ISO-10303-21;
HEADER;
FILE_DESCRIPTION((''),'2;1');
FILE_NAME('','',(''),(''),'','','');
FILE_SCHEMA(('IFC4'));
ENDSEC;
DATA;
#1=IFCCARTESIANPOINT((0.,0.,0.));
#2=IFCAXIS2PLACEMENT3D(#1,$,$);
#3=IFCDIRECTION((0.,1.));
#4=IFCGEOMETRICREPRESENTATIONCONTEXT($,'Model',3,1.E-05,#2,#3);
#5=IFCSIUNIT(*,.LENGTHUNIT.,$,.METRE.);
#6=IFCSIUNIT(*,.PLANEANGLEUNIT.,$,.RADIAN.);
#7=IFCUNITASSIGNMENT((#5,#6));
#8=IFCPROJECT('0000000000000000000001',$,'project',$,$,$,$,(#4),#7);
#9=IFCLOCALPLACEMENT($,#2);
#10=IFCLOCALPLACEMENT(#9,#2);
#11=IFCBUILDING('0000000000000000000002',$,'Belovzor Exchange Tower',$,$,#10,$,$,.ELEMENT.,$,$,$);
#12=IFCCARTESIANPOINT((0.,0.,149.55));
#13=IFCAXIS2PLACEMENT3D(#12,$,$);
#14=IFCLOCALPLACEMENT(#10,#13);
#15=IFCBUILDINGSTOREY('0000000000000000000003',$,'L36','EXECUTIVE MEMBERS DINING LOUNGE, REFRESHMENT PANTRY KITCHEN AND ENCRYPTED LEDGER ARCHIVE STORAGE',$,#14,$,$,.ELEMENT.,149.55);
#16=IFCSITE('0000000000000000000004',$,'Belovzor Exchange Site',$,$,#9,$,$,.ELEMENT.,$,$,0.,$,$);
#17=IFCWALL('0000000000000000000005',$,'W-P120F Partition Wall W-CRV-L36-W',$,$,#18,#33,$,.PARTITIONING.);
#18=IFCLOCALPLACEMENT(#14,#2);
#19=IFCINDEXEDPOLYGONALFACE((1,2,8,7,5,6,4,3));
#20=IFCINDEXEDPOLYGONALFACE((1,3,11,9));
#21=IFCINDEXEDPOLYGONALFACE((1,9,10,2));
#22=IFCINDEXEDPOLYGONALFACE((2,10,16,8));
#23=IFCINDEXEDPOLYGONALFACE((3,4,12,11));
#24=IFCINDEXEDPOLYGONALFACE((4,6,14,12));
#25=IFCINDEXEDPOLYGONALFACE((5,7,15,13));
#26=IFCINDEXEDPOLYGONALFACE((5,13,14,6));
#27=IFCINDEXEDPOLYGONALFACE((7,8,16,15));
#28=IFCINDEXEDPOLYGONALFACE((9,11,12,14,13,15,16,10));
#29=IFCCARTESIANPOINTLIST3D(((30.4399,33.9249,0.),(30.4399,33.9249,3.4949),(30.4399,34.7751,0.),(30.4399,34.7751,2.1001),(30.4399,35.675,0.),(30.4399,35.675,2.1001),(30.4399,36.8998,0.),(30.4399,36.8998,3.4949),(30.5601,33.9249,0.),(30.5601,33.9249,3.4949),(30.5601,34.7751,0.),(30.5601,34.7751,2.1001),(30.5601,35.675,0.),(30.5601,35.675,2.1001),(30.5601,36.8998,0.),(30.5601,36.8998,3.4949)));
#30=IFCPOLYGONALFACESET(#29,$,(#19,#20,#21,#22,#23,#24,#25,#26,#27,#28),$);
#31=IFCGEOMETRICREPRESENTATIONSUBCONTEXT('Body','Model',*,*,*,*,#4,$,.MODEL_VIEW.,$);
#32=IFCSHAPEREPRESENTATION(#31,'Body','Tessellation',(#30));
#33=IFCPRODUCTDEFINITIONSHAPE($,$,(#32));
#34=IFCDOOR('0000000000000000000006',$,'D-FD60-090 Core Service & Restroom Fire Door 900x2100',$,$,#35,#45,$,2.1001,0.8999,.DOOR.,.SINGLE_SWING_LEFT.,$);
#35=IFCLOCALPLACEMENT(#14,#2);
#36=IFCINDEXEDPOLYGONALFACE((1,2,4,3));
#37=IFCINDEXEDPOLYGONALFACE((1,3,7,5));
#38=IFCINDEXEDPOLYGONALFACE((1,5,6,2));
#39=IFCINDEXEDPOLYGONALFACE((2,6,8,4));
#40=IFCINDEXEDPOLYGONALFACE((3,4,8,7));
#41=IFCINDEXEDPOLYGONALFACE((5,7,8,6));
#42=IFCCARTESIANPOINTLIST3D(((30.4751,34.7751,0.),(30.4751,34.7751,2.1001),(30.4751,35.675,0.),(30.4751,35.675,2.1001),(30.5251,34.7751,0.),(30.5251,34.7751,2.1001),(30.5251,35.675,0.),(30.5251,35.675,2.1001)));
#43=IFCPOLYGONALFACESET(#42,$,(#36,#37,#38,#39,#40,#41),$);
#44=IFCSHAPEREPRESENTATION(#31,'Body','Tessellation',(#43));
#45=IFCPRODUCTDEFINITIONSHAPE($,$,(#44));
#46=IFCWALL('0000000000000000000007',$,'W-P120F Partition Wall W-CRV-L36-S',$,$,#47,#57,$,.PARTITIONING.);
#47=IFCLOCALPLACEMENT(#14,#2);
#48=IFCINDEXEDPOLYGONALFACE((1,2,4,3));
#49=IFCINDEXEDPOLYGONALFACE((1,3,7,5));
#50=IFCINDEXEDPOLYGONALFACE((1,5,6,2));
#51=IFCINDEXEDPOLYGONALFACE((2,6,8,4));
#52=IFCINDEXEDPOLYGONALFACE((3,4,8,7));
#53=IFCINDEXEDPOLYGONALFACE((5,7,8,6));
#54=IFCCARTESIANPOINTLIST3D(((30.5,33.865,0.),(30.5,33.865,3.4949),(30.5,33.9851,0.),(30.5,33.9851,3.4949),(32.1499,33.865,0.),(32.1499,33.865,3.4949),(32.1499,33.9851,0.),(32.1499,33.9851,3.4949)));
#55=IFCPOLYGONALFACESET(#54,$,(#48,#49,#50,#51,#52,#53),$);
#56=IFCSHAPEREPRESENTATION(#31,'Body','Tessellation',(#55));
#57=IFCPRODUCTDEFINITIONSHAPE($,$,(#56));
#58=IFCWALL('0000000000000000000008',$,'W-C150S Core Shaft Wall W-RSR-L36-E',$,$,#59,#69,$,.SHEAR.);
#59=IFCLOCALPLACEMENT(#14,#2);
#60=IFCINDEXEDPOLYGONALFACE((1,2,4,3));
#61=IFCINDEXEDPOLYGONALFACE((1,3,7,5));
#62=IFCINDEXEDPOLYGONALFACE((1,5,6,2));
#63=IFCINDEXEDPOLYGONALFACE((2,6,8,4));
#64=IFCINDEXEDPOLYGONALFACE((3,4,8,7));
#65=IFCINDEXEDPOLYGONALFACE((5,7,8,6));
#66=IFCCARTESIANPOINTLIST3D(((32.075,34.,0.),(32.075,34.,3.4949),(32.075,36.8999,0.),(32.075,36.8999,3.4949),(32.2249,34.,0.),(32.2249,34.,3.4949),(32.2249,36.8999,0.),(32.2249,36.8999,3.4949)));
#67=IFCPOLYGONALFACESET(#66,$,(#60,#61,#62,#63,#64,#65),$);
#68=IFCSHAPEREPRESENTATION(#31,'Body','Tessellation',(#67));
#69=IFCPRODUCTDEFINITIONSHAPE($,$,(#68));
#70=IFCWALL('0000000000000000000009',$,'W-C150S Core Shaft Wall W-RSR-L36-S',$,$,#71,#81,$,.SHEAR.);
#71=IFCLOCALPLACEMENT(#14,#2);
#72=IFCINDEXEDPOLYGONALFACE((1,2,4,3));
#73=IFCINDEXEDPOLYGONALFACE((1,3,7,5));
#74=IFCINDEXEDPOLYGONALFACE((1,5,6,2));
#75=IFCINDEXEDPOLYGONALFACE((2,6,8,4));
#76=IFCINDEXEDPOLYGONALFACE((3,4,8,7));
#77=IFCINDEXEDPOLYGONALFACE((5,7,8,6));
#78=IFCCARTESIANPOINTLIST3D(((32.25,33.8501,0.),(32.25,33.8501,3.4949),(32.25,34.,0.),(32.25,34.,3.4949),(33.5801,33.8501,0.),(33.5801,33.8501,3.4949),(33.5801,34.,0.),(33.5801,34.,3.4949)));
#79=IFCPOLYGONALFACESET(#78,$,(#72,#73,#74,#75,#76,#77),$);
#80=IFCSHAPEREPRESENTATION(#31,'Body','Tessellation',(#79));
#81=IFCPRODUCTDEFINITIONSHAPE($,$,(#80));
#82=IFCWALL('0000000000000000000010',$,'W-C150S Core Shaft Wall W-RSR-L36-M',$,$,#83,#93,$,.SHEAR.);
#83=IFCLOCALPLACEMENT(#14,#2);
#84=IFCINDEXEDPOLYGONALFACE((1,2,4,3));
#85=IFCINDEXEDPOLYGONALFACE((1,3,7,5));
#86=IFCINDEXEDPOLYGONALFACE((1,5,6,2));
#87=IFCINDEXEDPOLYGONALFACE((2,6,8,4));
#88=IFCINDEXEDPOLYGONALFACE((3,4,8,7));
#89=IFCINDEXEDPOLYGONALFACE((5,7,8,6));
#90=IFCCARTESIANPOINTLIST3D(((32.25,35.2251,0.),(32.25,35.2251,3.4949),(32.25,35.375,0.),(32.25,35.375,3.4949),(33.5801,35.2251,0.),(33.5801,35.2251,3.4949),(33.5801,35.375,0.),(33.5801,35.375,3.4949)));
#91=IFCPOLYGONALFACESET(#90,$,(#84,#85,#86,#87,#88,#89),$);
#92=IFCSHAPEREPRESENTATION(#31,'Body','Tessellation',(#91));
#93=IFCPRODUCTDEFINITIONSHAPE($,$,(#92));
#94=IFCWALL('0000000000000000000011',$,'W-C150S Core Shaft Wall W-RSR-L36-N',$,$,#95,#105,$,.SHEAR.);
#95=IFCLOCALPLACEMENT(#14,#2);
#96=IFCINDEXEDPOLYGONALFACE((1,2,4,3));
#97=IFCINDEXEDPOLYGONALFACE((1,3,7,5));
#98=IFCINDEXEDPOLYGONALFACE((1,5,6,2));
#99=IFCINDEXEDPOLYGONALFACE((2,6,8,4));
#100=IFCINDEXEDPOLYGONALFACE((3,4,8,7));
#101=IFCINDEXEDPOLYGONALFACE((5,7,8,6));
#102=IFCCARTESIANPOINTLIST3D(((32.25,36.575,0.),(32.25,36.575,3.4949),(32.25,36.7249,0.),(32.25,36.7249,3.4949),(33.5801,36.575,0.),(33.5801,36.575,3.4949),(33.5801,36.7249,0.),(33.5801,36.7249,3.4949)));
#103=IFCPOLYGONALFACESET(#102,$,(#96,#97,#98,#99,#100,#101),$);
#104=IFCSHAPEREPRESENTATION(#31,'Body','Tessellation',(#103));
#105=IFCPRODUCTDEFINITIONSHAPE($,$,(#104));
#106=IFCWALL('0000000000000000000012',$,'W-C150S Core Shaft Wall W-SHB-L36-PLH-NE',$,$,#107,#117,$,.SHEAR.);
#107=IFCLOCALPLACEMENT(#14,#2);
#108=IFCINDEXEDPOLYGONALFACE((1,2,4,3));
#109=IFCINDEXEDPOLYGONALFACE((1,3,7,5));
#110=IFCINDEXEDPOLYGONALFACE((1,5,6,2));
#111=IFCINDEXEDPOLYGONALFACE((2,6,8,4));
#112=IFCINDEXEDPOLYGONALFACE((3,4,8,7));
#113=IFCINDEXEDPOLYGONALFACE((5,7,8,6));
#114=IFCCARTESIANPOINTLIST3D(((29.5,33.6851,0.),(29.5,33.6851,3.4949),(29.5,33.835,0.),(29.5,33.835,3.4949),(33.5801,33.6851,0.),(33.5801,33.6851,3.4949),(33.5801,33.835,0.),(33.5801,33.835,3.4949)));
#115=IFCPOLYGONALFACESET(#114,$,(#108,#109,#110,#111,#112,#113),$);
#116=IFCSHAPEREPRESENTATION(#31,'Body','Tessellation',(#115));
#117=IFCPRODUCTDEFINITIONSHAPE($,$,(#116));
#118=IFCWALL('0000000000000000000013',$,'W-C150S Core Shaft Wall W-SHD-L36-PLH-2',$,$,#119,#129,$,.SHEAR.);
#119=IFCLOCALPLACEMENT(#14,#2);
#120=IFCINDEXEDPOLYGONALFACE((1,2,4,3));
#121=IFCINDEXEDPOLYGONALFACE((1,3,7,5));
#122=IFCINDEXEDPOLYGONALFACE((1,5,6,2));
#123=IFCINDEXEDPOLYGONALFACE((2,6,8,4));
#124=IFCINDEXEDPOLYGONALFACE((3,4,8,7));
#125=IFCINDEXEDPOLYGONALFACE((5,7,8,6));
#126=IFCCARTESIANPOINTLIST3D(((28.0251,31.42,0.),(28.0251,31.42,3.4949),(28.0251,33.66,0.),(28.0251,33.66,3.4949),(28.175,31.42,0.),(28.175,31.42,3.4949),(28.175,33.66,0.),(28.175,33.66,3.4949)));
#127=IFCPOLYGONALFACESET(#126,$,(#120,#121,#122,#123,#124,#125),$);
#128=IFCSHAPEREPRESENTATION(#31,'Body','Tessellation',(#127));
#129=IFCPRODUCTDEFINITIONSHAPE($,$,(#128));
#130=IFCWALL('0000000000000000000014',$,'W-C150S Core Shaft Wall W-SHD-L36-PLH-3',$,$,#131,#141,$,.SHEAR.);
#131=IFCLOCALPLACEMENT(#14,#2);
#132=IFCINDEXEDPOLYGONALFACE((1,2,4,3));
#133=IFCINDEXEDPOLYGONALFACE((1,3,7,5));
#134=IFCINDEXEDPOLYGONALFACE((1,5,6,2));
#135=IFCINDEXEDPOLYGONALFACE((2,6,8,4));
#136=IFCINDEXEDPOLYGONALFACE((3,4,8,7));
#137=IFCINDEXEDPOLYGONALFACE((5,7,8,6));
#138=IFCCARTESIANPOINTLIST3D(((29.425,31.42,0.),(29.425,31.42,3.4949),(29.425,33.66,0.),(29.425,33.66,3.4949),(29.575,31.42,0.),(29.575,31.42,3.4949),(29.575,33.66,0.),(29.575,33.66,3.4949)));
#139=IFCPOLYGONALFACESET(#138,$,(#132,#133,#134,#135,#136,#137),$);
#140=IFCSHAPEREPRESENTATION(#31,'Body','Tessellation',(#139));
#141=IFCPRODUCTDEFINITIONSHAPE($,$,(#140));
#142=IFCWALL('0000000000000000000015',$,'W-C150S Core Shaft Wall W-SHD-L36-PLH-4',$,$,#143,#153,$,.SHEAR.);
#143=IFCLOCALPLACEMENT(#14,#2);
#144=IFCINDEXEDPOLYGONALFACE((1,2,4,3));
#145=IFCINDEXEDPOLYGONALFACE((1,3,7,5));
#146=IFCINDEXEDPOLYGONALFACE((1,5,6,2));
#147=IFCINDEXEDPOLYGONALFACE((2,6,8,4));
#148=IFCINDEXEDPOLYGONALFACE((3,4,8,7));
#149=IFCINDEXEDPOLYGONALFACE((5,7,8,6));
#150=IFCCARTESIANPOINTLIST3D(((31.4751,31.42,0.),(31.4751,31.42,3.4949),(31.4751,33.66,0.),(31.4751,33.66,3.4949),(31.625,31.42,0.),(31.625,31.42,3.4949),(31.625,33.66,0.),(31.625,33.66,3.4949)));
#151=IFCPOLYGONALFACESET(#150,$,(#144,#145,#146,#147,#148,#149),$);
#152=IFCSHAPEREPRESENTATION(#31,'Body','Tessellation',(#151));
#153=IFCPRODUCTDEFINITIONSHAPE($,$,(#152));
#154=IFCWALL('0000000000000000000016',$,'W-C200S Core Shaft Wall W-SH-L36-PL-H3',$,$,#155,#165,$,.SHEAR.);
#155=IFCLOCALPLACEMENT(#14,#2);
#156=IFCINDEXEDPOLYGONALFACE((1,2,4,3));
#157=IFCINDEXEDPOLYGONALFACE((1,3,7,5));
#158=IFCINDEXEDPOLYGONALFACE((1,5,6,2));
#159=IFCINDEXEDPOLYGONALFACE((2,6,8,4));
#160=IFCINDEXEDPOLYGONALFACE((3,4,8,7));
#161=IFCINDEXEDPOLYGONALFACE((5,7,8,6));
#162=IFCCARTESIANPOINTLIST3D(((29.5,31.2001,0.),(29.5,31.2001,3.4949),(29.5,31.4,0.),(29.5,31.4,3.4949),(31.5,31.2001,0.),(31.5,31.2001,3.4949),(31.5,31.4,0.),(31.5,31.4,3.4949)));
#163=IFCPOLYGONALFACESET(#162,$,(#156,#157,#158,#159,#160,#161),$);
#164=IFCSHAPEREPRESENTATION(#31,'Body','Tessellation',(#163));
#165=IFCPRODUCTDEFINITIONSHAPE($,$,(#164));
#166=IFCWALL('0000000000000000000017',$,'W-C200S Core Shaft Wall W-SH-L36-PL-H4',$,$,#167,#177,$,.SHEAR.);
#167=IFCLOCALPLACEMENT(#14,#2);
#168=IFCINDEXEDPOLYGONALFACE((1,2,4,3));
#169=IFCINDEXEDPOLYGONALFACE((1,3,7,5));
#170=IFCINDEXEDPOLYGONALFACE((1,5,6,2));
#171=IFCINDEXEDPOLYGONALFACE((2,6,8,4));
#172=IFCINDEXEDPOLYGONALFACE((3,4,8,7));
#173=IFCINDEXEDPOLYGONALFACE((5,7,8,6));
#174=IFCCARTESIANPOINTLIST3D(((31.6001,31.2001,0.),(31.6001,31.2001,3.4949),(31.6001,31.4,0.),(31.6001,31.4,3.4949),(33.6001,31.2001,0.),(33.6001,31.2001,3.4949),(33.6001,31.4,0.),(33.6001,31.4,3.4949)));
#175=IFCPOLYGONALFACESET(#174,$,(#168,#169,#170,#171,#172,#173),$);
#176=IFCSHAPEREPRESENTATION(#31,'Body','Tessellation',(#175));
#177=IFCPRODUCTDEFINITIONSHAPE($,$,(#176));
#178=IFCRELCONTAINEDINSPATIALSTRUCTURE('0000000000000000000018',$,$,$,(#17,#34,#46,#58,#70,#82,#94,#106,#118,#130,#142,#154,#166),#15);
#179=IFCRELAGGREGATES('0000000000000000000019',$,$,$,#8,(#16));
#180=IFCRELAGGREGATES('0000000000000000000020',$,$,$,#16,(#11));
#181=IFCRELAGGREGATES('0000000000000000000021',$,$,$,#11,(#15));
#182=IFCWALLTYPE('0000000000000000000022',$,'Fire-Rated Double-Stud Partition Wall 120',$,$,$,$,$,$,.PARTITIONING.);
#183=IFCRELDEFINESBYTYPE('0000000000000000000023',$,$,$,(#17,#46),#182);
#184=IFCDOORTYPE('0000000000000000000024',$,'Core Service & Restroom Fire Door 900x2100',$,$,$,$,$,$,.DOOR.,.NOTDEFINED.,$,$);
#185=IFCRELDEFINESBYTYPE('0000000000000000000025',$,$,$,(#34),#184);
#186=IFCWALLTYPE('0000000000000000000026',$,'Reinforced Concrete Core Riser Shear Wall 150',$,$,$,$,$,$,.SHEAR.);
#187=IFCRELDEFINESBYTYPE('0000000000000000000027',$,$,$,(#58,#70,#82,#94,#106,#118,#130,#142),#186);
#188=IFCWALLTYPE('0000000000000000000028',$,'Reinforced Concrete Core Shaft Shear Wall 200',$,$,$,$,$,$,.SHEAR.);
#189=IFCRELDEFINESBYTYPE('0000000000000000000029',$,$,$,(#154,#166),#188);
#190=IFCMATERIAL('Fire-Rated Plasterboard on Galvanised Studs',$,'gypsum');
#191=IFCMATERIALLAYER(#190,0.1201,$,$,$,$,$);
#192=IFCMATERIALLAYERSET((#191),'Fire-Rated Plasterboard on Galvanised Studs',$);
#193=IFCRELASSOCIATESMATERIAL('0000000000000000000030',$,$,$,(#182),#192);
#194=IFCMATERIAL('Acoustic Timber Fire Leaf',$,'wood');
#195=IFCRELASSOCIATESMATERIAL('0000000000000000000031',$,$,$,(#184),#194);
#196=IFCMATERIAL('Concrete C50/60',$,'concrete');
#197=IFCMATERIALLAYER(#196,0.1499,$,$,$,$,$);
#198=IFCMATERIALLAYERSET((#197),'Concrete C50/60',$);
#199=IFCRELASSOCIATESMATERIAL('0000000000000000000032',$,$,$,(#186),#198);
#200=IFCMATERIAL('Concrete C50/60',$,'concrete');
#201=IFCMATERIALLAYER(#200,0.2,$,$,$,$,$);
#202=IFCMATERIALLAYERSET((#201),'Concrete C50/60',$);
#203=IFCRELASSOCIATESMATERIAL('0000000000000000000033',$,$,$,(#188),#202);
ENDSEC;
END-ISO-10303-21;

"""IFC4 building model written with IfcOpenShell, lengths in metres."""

from ifc_helpers import new_model, si_unit, direction, frame, frame_2d, origin, place, context, subcontext, project, spatial, rectangle, extrude, material, layer, layer_set, type_object, element, fill, save


model = new_model("IFC4")

# Units and contexts
model_context = context("Model", 3, precision=1e-05, world=origin(), true_north=direction((0.0, 1.0)))
body_context = subcontext(model_context, "Body", "Model", "MODEL_VIEW")
ifc_project = project(units=[si_unit("LENGTHUNIT", "METRE"), si_unit("PLANEANGLEUNIT", "RADIAN")], contexts=[model_context])

# Site, building, storey
site_placement = place(None, origin())
site = spatial("IfcSite", under=ifc_project, at=site_placement, Name="Belovzor Exchange Site", CompositionType="ELEMENT", RefElevation=0.0)
building_placement = place(site_placement, origin())
building = spatial("IfcBuilding", under=site, at=building_placement, Name="Belovzor Exchange Tower", CompositionType="ELEMENT")
storey_placement = place(building_placement, frame((0.0, 0.0, 149.55)))
storey = spatial("IfcBuildingStorey", under=building, at=storey_placement, Name="L36", Description="EXECUTIVE MEMBERS DINING LOUNGE, REFRESHMENT PANTRY KITCHEN AND ENCRYPTED LEDGER ARCHIVE STORAGE", CompositionType="ELEMENT", Elevation=149.55)

# Wall, opening, door
ifc_material_1 = material(Name="Fire-Rated Plasterboard on Galvanised Studs", Category="gypsum")
ifc_layer_1 = layer(ifc_material_1, 0.1201)
ifc_layer_set_1 = layer_set([ifc_layer_1], Name="Fire-Rated Plasterboard on Galvanised Studs")
wall_type_1 = type_object("IfcWallType", Name="Fire-Rated Double-Stud Partition Wall 120", PredefinedType="PARTITIONING", material=ifc_layer_set_1)
wall_1_placement = place(storey_placement, frame((30.5, 33.925, 0.0), z_axis=(0.0, 0.0, 1.0), x_axis=(0.0, 1.0, 0.0)))
wall_1 = element("IfcWall", 1, at=wall_1_placement, inside=storey, type_object=wall_type_1, Name="W-P120F Partition Wall W-CRV-L36-W", PredefinedType="PARTITIONING", context=body_context, shape_type="SweptSolid", body=[
    extrude(rectangle(XDim=2.9749, YDim=0.1201, at=frame_2d((1.4873, 0.0))), origin(), (0.0, 0.0, 1.0), 3.4949),
])
opening_placement = place(wall_1_placement, frame((0.8501, 0.0, 0.0)))
opening = element("IfcOpeningElement", 2, at=opening_placement, cuts=wall_1, PredefinedType="OPENING", context=body_context, shape_type="SweptSolid", body=[
    extrude(rectangle(XDim=0.8999, YDim=2.1001, at=frame_2d((0.45, 1.05))), frame((0.0, 0.0701, 0.0), z_axis=(0.0, -1.0, 0.0), x_axis=(1.0, 0.0, 0.0)), (0.0, 0.0, 1.0), 0.1401),
])
ifc_material_2 = material(Name="Acoustic Timber Fire Leaf", Category="wood")
door_type = type_object("IfcDoorType", Name="Core Service & Restroom Fire Door 900x2100", OperationType="NOTDEFINED", PredefinedType="DOOR", material=ifc_material_2)
door_placement = place(opening_placement, origin())
door = element("IfcDoor", 3, at=door_placement, inside=storey, type_object=door_type, Name="D-FD60-090 Core Service & Restroom Fire Door 900x2100", OperationType="SINGLE_SWING_LEFT", OverallHeight=2.1001, OverallWidth=0.8999, PredefinedType="DOOR", context=body_context, shape_type="SweptSolid", body=[
    extrude(rectangle(XDim=0.8999, YDim=2.1001, at=frame_2d((0.45, 1.05))), frame((0.0, 0.0249, 0.0), z_axis=(0.0, -1.0, 0.0), x_axis=(1.0, 0.0, 0.0)), (0.0, 0.0, 1.0), 0.05),
])
fill(opening, door)

# Walls
wall_2_placement = place(storey_placement, frame((30.5, 33.925, 0.0), z_axis=(0.0, 0.0, 1.0), x_axis=(1.0, 0.0, 0.0)))
element("IfcWall", 4, at=wall_2_placement, inside=storey, type_object=wall_type_1, Name="W-P120F Partition Wall W-CRV-L36-S", PredefinedType="PARTITIONING", context=body_context, shape_type="SweptSolid", body=[
    extrude(rectangle(XDim=1.6499, YDim=0.1201, at=frame_2d((0.825, 0.0))), origin(), (0.0, 0.0, 1.0), 3.4949),
])
ifc_material_3 = material(Name="Concrete C50/60", Category="concrete")
ifc_layer_2 = layer(ifc_material_3, 0.1499)
ifc_layer_set_2 = layer_set([ifc_layer_2], Name="Concrete C50/60")
wall_type_2 = type_object("IfcWallType", Name="Reinforced Concrete Core Riser Shear Wall 150", PredefinedType="SHEAR", material=ifc_layer_set_2)
wall_3_placement = place(storey_placement, frame((32.1499, 34.0, 0.0), z_axis=(0.0, 0.0, 1.0), x_axis=(0.0, 1.0, 0.0)))
element("IfcWall", 5, at=wall_3_placement, inside=storey, type_object=wall_type_2, Name="W-C150S Core Shaft Wall W-RSR-L36-E", PredefinedType="SHEAR", context=body_context, shape_type="SweptSolid", body=[
    extrude(rectangle(XDim=2.8999, YDim=0.1499, at=frame_2d((1.45, 0.0))), origin(), (0.0, 0.0, 1.0), 3.4949),
])
for number, where, z_axis, x_axis, name in (
    (6, (32.25, 33.925, 0.0), (0.0, 0.0, 1.0), (1.0, 0.0, 0.0), "W-C150S Core Shaft Wall W-RSR-L36-S"),
    (7, (32.25, 35.3, 0.0), (0.0, 0.0, 1.0), (1.0, 0.0, 0.0), "W-C150S Core Shaft Wall W-RSR-L36-M"),
    (8, (32.25, 36.6499, 0.0), (0.0, 0.0, 1.0), (1.0, 0.0, 0.0), "W-C150S Core Shaft Wall W-RSR-L36-N"),
):
    element("IfcWall", number, at=place(storey_placement, frame(where, z_axis=z_axis, x_axis=x_axis)), inside=storey, type_object=wall_type_2, Name=name, PredefinedType="SHEAR", context=body_context, shape_type="SweptSolid", body=[
        extrude(rectangle(XDim=1.3301, YDim=0.1499, at=frame_2d((0.665, 0.0))), origin(), (0.0, 0.0, 1.0), 3.4949),
    ])
wall_4_placement = place(storey_placement, frame((29.5, 33.76, 0.0), z_axis=(0.0, 0.0, 1.0), x_axis=(1.0, 0.0, 0.0)))
element("IfcWall", 9, at=wall_4_placement, inside=storey, type_object=wall_type_2, Name="W-C150S Core Shaft Wall W-SHB-L36-PLH-NE", PredefinedType="SHEAR", context=body_context, shape_type="SweptSolid", body=[
    extrude(rectangle(XDim=4.0801, YDim=0.1499, at=frame_2d((2.04, 0.0))), origin(), (0.0, 0.0, 1.0), 3.4949),
])
for number, where, z_axis, x_axis, name in (
    (10, (28.1001, 31.4199, 0.0), (0.0, 0.0, 1.0), (0.0, 1.0, 0.0), "W-C150S Core Shaft Wall W-SHD-L36-PLH-2"),
    (11, (29.5, 31.4199, 0.0), (0.0, 0.0, 1.0), (0.0, 1.0, 0.0), "W-C150S Core Shaft Wall W-SHD-L36-PLH-3"),
    (12, (31.55, 31.4199, 0.0), (0.0, 0.0, 1.0), (0.0, 1.0, 0.0), "W-C150S Core Shaft Wall W-SHD-L36-PLH-4"),
):
    element("IfcWall", number, at=place(storey_placement, frame(where, z_axis=z_axis, x_axis=x_axis)), inside=storey, type_object=wall_type_2, Name=name, PredefinedType="SHEAR", context=body_context, shape_type="SweptSolid", body=[
        extrude(rectangle(XDim=2.24, YDim=0.1499, at=frame_2d((1.1201, 0.0))), origin(), (0.0, 0.0, 1.0), 3.4949),
    ])
ifc_material_4 = material(Name="Concrete C50/60", Category="concrete")
ifc_layer_3 = layer(ifc_material_4, 0.2)
ifc_layer_set_3 = layer_set([ifc_layer_3], Name="Concrete C50/60")
wall_type_3 = type_object("IfcWallType", Name="Reinforced Concrete Core Shaft Shear Wall 200", PredefinedType="SHEAR", material=ifc_layer_set_3)
for number, where, z_axis, x_axis, name in (
    (13, (29.5, 31.3, 0.0), (0.0, 0.0, 1.0), (1.0, 0.0, 0.0), "W-C200S Core Shaft Wall W-SH-L36-PL-H3"),
    (14, (31.6001, 31.3, 0.0), (0.0, 0.0, 1.0), (1.0, 0.0, 0.0), "W-C200S Core Shaft Wall W-SH-L36-PL-H4"),
):
    element("IfcWall", number, at=place(storey_placement, frame(where, z_axis=z_axis, x_axis=x_axis)), inside=storey, type_object=wall_type_3, Name=name, PredefinedType="SHEAR", context=body_context, shape_type="SweptSolid", body=[
        extrude(rectangle(XDim=2.0, YDim=0.2, at=frame_2d((1.0, 0.0))), origin(), (0.0, 0.0, 1.0), 3.4949),
    ])

save(model, "model.ifc")
